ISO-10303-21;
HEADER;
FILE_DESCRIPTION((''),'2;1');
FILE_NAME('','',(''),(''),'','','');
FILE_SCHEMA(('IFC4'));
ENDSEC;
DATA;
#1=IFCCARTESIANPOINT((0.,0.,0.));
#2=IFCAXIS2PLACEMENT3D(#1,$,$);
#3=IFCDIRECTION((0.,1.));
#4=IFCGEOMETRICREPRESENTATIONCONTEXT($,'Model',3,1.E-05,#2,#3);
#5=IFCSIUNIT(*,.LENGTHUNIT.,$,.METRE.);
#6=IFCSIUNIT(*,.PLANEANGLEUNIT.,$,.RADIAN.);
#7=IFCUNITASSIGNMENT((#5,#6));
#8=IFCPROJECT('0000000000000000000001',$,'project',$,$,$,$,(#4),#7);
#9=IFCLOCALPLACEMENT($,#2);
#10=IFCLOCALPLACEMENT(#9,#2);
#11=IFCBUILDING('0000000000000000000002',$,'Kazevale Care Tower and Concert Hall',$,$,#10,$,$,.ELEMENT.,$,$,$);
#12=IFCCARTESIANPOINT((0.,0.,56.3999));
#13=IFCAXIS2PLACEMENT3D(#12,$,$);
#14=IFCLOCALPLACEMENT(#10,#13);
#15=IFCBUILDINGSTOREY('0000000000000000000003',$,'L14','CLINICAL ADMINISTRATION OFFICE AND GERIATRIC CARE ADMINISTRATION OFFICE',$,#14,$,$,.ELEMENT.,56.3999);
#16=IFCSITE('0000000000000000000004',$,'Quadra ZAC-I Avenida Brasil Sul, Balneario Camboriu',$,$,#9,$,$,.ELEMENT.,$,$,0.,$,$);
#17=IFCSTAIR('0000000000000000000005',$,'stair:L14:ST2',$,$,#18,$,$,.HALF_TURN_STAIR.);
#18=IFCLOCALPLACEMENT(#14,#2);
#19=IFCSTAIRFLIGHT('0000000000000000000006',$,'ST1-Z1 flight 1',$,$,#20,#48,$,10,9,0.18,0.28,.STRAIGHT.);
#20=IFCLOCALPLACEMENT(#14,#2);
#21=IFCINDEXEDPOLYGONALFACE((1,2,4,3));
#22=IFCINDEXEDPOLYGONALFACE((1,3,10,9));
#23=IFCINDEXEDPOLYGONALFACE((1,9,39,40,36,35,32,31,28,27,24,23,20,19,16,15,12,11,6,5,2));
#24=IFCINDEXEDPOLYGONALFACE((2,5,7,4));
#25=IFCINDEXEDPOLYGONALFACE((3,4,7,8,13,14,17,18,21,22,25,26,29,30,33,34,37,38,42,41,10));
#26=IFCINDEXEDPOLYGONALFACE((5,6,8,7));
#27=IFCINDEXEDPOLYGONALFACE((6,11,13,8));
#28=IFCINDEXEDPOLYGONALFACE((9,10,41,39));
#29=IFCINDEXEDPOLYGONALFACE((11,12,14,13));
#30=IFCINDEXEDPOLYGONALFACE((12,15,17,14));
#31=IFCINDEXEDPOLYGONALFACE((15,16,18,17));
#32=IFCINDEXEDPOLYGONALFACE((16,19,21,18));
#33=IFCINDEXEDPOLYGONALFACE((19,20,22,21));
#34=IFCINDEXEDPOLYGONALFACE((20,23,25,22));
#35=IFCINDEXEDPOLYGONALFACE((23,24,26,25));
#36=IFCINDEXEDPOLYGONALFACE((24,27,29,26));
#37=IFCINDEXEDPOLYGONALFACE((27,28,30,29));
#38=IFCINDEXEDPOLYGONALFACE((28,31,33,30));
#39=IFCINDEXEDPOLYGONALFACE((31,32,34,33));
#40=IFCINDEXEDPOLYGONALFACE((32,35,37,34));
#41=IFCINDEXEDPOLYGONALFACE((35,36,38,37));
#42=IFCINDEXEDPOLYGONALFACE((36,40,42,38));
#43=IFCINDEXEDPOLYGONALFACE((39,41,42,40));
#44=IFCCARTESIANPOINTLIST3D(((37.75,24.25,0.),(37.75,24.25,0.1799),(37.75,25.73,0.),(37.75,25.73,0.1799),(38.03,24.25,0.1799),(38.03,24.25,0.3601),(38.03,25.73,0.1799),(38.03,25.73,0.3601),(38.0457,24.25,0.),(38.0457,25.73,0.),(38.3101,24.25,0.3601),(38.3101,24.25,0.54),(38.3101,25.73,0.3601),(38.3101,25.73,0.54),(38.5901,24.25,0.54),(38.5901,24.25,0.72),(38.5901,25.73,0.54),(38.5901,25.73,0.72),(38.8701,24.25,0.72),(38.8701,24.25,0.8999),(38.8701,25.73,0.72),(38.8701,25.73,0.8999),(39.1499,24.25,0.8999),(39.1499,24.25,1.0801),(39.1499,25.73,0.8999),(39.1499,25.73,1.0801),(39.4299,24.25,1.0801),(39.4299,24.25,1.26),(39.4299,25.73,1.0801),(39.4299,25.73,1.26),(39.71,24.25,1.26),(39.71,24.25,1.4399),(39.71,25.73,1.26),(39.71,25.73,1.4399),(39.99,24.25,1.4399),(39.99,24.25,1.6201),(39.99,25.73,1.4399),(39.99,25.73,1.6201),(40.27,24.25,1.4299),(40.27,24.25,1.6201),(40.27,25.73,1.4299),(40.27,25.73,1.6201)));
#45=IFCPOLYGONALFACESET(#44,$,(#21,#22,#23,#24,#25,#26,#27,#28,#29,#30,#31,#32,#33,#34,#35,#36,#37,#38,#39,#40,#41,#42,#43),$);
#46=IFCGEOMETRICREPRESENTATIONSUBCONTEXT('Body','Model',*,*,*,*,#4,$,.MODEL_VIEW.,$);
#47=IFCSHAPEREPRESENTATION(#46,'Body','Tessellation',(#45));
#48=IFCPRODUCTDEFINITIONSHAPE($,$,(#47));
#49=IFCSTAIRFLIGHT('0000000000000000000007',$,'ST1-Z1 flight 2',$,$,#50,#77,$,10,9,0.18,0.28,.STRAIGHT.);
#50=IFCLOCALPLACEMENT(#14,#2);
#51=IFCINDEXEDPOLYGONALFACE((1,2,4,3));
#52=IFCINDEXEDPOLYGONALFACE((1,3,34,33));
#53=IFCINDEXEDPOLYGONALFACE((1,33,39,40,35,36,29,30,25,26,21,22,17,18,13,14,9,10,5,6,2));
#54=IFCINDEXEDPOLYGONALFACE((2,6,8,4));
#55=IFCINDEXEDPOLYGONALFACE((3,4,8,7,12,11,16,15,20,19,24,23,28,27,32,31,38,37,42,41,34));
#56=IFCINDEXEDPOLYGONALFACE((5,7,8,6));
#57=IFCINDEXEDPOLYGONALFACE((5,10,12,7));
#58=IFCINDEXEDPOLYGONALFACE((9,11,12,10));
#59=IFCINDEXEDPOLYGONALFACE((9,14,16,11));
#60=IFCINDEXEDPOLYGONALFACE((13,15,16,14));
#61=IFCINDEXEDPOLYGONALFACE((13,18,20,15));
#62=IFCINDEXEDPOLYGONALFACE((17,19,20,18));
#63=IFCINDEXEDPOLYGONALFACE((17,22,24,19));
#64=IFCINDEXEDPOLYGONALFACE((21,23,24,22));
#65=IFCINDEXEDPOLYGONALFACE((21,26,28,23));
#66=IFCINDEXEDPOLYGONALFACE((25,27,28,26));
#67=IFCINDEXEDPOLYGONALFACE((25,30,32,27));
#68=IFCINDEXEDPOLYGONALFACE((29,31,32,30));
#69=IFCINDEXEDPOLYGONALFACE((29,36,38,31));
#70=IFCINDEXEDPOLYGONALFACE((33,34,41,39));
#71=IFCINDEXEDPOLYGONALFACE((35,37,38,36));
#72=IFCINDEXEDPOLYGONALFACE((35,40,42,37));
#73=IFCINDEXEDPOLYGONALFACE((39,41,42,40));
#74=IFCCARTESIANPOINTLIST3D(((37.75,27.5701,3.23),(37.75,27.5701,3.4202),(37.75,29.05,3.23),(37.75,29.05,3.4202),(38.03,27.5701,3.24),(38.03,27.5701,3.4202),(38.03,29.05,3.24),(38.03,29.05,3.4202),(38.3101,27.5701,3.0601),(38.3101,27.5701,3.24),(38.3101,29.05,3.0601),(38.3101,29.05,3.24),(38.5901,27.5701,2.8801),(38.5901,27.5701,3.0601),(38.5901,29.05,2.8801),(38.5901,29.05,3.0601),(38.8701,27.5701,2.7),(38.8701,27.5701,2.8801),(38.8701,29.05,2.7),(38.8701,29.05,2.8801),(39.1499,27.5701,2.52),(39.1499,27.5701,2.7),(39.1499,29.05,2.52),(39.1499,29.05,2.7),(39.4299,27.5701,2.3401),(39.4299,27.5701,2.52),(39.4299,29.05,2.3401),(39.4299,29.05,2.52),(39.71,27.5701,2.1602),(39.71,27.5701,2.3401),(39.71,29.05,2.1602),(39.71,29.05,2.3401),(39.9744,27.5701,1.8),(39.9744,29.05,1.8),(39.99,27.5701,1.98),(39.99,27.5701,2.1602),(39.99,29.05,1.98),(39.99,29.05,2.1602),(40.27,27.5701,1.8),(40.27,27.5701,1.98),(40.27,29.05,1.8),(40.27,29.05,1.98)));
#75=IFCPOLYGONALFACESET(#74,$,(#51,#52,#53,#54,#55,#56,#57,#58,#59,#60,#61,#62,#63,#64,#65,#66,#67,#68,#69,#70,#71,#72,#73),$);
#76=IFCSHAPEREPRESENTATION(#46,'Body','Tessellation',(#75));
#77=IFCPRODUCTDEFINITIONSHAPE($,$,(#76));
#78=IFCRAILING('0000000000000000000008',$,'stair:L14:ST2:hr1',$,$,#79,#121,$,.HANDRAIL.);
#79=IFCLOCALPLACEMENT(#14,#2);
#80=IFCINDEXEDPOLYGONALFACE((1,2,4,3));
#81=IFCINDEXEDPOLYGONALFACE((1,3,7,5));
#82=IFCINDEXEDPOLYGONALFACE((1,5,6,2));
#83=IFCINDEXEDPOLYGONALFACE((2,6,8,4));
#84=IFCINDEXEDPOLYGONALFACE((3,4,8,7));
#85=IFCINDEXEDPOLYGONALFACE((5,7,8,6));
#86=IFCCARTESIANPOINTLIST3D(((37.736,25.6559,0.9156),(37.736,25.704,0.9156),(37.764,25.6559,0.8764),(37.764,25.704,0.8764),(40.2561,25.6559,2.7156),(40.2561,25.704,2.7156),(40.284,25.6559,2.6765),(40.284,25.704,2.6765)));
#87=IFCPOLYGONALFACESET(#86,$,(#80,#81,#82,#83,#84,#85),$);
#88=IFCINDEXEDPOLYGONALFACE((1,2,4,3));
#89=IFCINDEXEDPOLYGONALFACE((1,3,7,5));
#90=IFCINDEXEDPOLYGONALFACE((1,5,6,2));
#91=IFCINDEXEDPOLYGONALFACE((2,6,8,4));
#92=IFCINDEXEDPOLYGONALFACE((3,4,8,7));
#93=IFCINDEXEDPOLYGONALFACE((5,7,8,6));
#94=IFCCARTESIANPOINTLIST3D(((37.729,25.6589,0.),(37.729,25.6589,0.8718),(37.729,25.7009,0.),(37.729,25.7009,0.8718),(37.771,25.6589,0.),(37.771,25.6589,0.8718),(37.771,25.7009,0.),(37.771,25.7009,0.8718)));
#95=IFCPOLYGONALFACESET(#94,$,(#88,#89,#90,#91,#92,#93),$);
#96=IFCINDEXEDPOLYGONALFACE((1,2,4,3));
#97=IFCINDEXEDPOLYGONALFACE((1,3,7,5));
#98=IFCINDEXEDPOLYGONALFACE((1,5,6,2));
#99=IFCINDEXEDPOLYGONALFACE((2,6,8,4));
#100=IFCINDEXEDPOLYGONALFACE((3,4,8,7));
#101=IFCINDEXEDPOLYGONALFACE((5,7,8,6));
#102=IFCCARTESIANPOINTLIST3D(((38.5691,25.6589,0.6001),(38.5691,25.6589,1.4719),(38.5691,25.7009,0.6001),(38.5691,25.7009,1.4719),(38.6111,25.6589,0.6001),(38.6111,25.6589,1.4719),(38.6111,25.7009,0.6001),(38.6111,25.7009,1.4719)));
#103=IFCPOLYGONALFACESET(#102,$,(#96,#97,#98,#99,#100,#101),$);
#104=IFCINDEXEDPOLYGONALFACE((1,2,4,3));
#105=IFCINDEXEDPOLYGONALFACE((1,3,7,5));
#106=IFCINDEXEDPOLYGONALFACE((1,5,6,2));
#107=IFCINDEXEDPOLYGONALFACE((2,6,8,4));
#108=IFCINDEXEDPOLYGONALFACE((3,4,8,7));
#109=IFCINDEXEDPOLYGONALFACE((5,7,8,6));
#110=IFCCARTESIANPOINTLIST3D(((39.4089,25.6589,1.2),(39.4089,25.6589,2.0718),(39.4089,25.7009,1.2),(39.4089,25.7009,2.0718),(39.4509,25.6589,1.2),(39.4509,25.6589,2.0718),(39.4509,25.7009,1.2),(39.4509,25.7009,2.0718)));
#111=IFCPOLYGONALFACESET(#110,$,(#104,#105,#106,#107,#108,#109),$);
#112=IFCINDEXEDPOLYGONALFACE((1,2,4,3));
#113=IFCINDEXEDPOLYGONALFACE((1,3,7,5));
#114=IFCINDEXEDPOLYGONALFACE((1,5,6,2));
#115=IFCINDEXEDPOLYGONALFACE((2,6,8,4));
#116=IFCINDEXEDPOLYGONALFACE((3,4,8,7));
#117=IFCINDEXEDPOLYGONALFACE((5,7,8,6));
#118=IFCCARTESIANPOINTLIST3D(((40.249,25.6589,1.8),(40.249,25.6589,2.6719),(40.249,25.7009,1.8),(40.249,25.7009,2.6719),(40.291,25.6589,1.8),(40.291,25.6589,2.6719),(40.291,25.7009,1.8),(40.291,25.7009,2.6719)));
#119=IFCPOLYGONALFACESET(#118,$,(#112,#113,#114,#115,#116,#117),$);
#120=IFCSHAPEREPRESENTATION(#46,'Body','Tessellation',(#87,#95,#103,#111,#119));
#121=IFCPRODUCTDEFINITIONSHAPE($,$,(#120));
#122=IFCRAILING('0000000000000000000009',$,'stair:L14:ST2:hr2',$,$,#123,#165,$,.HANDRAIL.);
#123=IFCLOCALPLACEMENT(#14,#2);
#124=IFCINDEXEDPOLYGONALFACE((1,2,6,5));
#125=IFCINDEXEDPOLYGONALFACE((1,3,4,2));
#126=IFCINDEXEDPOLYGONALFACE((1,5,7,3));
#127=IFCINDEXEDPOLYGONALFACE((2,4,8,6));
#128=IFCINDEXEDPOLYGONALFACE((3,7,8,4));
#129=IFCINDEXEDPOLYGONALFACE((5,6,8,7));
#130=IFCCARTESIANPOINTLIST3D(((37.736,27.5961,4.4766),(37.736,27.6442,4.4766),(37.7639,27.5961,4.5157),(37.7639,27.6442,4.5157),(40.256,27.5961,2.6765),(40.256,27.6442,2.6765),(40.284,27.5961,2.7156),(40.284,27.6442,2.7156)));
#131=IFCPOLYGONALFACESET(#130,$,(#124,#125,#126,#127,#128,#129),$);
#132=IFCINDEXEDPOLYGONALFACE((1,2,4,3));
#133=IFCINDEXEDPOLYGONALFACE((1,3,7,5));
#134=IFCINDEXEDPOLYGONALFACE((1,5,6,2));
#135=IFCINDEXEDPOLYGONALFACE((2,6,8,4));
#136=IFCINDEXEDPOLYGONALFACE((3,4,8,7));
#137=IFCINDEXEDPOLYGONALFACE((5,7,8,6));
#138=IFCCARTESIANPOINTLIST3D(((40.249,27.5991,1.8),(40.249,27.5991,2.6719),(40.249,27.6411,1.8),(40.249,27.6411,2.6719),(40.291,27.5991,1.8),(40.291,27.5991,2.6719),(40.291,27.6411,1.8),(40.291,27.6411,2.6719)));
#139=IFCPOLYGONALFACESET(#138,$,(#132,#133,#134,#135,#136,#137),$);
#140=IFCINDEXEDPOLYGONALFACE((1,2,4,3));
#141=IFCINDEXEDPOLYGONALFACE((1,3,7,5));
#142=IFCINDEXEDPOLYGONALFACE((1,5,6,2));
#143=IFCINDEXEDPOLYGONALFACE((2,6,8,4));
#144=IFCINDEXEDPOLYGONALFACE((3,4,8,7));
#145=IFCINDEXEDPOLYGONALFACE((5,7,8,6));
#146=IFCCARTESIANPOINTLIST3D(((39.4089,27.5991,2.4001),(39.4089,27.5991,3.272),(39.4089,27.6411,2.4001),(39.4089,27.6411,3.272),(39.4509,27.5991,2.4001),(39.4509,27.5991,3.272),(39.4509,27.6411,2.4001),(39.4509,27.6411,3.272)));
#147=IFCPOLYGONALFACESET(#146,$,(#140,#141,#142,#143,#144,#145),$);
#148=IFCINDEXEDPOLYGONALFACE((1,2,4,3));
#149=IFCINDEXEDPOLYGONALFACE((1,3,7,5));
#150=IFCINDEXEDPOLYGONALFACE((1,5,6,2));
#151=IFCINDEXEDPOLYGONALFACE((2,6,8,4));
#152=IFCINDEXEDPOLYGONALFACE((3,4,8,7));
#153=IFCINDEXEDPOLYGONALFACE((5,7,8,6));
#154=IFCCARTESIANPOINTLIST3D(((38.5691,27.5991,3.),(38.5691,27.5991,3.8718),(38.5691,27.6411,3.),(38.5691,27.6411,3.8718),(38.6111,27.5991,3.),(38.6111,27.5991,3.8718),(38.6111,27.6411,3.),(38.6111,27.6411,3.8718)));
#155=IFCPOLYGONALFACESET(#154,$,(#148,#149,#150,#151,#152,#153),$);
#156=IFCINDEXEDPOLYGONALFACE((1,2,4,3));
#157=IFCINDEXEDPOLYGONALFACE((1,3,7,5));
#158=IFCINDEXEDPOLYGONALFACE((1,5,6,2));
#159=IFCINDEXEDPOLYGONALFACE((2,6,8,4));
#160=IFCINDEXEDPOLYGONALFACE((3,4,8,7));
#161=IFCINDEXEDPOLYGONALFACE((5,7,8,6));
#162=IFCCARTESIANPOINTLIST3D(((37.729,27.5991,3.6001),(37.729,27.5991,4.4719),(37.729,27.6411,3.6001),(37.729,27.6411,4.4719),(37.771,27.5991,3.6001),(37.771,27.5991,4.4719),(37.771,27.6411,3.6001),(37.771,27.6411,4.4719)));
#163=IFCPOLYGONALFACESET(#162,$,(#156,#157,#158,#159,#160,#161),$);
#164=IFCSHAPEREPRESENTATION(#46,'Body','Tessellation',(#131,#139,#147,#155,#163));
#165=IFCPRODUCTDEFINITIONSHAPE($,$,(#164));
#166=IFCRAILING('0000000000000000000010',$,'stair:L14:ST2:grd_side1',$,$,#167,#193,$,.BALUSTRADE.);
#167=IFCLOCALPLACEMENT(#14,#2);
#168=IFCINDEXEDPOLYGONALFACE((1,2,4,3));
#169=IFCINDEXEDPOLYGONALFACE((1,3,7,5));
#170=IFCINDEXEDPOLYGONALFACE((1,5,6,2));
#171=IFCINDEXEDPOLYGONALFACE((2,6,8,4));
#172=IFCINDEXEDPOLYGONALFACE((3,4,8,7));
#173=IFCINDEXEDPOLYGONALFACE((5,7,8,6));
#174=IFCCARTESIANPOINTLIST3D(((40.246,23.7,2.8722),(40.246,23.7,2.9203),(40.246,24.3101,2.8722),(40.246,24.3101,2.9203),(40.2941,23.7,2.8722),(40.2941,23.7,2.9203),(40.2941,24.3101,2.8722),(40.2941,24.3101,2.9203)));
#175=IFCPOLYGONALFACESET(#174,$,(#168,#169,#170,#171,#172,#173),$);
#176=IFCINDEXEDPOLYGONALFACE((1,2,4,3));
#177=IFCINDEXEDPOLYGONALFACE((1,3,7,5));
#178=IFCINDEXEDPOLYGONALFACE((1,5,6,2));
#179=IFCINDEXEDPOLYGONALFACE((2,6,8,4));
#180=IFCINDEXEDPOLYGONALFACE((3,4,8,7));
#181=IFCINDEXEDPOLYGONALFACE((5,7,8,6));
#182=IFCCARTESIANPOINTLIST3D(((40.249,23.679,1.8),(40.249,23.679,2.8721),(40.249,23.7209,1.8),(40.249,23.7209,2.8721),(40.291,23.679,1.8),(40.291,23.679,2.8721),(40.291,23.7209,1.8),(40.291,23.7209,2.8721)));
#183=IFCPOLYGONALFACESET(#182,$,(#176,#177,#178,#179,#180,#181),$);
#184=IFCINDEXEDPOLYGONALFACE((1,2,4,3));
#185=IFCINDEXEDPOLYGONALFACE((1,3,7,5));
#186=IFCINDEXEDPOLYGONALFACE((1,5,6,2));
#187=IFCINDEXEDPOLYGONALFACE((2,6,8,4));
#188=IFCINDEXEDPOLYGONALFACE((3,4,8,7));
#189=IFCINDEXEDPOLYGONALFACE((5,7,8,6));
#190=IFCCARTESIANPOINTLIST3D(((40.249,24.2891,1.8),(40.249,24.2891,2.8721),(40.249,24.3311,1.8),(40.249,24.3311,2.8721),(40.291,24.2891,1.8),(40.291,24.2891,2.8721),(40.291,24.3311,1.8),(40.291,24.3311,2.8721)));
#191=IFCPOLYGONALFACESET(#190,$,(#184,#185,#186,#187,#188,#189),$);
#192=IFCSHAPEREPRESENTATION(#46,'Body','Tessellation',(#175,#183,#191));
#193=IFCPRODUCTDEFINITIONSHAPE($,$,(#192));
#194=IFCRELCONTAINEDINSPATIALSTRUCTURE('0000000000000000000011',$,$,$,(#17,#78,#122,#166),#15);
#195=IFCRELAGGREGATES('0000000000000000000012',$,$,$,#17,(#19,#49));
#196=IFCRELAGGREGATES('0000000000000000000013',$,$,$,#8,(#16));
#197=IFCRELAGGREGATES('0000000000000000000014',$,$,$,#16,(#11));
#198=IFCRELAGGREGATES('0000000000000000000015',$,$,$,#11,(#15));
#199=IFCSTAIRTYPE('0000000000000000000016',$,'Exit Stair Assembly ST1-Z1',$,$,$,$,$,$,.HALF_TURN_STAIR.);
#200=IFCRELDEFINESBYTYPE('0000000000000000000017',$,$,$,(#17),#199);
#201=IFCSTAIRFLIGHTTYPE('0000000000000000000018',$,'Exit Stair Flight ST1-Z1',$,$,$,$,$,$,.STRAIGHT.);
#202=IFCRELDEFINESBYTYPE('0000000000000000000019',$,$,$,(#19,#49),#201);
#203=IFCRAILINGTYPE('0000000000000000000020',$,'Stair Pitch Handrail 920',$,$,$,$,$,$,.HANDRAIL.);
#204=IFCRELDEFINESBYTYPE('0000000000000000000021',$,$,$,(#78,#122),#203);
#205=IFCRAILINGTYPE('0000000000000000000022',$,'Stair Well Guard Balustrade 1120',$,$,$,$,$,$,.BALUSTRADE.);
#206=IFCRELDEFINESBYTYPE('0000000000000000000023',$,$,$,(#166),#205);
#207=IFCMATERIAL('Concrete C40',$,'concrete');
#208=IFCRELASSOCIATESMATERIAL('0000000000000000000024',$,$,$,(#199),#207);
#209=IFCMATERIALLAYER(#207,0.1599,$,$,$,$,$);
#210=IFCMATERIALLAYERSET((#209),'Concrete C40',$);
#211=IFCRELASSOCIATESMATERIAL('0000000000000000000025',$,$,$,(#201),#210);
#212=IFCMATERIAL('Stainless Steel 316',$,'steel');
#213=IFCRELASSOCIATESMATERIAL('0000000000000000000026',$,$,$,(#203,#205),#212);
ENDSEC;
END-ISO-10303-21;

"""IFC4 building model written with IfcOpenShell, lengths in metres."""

from ifc_helpers import new_model, si_unit, direction, frame, origin, origin_2d, place, context, subcontext, project, spatial, polyline, rectangle, outline, extrude, material, layer, layer_set, type_object, element, aggregate, save


model = new_model("IFC4")

# Units and contexts
model_context = context("Model", 3, precision=1e-05, world=origin(), true_north=direction((0.0, 1.0)))
body_context = subcontext(model_context, "Body", "Model", "MODEL_VIEW")
ifc_project = project(units=[si_unit("LENGTHUNIT", "METRE"), si_unit("PLANEANGLEUNIT", "RADIAN")], contexts=[model_context])

# Site, building, storey
site_placement = place(None, origin())
site = spatial("IfcSite", under=ifc_project, at=site_placement, Name="Quadra ZAC-I Avenida Brasil Sul, Balneario Camboriu", CompositionType="ELEMENT", RefElevation=0.0)
building_placement = place(site_placement, origin())
building = spatial("IfcBuilding", under=site, at=building_placement, Name="Kazevale Care Tower and Concert Hall", CompositionType="ELEMENT")
storey_placement = place(building_placement, frame((0.0, 0.0, 56.3999)))
storey = spatial("IfcBuildingStorey", under=building, at=storey_placement, Name="L14", Description="CLINICAL ADMINISTRATION OFFICE AND GERIATRIC CARE ADMINISTRATION OFFICE", CompositionType="ELEMENT", Elevation=56.3999)

# Shared definitions
ifc_material_1 = material(Name="Concrete C40", Category="concrete")

# Stair, stair flights
stair_type = type_object("IfcStairType", Name="Exit Stair Assembly ST1-Z1", PredefinedType="HALF_TURN_STAIR", material=ifc_material_1)
stair_placement = place(storey_placement, origin())
stair = element("IfcStair", 1, at=stair_placement, inside=storey, type_object=stair_type, Name="stair:L14:ST2", PredefinedType="HALF_TURN_STAIR")
ifc_layer_1 = layer(ifc_material_1, 0.1599)
ifc_layer_set_1 = layer_set([ifc_layer_1], Name="Concrete C40")
stair_flight_type = type_object("IfcStairFlightType", Name="Exit Stair Flight ST1-Z1", PredefinedType="STRAIGHT", material=ifc_layer_set_1)
stair_flight_1_placement = place(storey_placement, frame((37.75, 24.99, 0.0), z_axis=(0.0, 0.0, 1.0), x_axis=(1.0, 0.0, 0.0)))
stair_flight_1 = element("IfcStairFlight", 2, at=stair_flight_1_placement, type_object=stair_flight_type, Name="ST1-Z1 flight 1", NumberOfRisers=10, NumberOfTreads=9, PredefinedType="STRAIGHT", RiserHeight=0.18, TreadLength=0.28, context=body_context, shape_type="SweptSolid", body=[
    extrude(outline(polyline([(0.0, 0.0), (0.0, 0.1799), (0.28, 0.1799), (0.28, 0.3601), (0.5601, 0.3601), (0.5601, 0.54), (0.8401, 0.54), (0.8401, 0.72), (1.1201, 0.72), (1.1201, 0.8999), (1.3999, 0.8999), (1.3999, 1.0801), (1.6799, 1.0801), (1.6799, 1.26), (1.96, 1.26), (1.96, 1.4399), (2.24, 1.4399), (2.24, 1.6201), (2.52, 1.6201), (2.52, 1.8), (2.52, 1.4299), (0.2957, 0.0), (0.0, 0.0)])), frame((0.0, 0.74, 0.0), z_axis=(0.0, -1.0, 0.0), x_axis=(1.0, 0.0, 0.0)), (0.0, 0.0, 1.0), 1.48),
])
stair_flight_2_placement = place(storey_placement, frame((40.27, 28.3101, 1.8), z_axis=(0.0, 0.0, 1.0), x_axis=(-1.0, 0.0, 0.0)))
stair_flight_2 = element("IfcStairFlight", 3, at=stair_flight_2_placement, type_object=stair_flight_type, Name="ST1-Z1 flight 2", NumberOfRisers=10, NumberOfTreads=9, PredefinedType="STRAIGHT", RiserHeight=0.18, TreadLength=0.28, context=body_context, shape_type="SweptSolid", body=[
    extrude(outline(polyline([(0.0, 0.0), (0.0, 0.1799), (0.28, 0.1799), (0.28, 0.3601), (0.5601, 0.3601), (0.5601, 0.54), (0.8401, 0.54), (0.8401, 0.72), (1.1201, 0.72), (1.1201, 0.8999), (1.3999, 0.8999), (1.3999, 1.0801), (1.6799, 1.0801), (1.6799, 1.26), (1.96, 1.26), (1.96, 1.4399), (2.24, 1.4399), (2.24, 1.6201), (2.52, 1.6201), (2.52, 1.8), (2.52, 1.4299), (0.2957, 0.0), (0.0, 0.0)])), frame((0.0, 0.74, 0.0), z_axis=(0.0, -1.0, 0.0), x_axis=(1.0, 0.0, 0.0)), (0.0, 0.0, 1.0), 1.48),
])
aggregate(stair, [stair_flight_1, stair_flight_2])

# Railings
ifc_material_2 = material(Name="Stainless Steel 316", Category="steel")
railing_type_1 = type_object("IfcRailingType", Name="Stair Pitch Handrail 920", PredefinedType="HANDRAIL", material=ifc_material_2)
railing_1_placement = place(storey_placement, frame((37.75, 25.6799, 0.0)))
element("IfcRailing", 4, at=railing_1_placement, inside=storey, type_object=railing_type_1, Name="stair:L14:ST2:hr1", PredefinedType="HANDRAIL", context=body_context, shape_type="SweptSolid", body=[
    extrude(rectangle(XDim=0.0481, YDim=0.0481, at=origin_2d()), frame((0.0, 0.0, 0.896), z_axis=(0.813728, 0.0, 0.581246), x_axis=(0.0, 1.0, 0.0)), (0.0, 0.0, 1.0), 3.0969),
    extrude(rectangle(XDim=0.042, YDim=0.042, at=origin_2d()), origin(), (0.0, 0.0, 1.0), 0.8718),
    extrude(rectangle(XDim=0.042, YDim=0.042, at=origin_2d()), frame((0.8401, 0.0, 0.6001)), (0.0, 0.0, 1.0), 0.8718),
    extrude(rectangle(XDim=0.042, YDim=0.042, at=origin_2d()), frame((1.6799, 0.0, 1.2)), (0.0, 0.0, 1.0), 0.8718),
    extrude(rectangle(XDim=0.042, YDim=0.042, at=origin_2d()), frame((2.52, 0.0, 1.8)), (0.0, 0.0, 1.0), 0.8718),
])
railing_2_placement = place(storey_placement, frame((40.27, 27.6201, 1.8)))
element("IfcRailing", 5, at=railing_2_placement, inside=storey, type_object=railing_type_1, Name="stair:L14:ST2:hr2", PredefinedType="HANDRAIL", context=body_context, shape_type="SweptSolid", body=[
    extrude(rectangle(XDim=0.0481, YDim=0.0481, at=origin_2d()), frame((0.0, 0.0, 0.896), z_axis=(-0.813728, 0.0, 0.581246), x_axis=(0.0, -1.0, 0.0)), (0.0, 0.0, 1.0), 3.0969),
    extrude(rectangle(XDim=0.042, YDim=0.042, at=origin_2d()), origin(), (0.0, 0.0, 1.0), 0.8718),
    extrude(rectangle(XDim=0.042, YDim=0.042, at=origin_2d()), frame((-0.8401, 0.0, 0.6001)), (0.0, 0.0, 1.0), 0.8718),
    extrude(rectangle(XDim=0.042, YDim=0.042, at=origin_2d()), frame((-1.6799, 0.0, 1.2)), (0.0, 0.0, 1.0), 0.8718),
    extrude(rectangle(XDim=0.042, YDim=0.042, at=origin_2d()), frame((-2.52, 0.0, 1.8)), (0.0, 0.0, 1.0), 0.8718),
])
railing_type_2 = type_object("IfcRailingType", Name="Stair Well Guard Balustrade 1120", PredefinedType="BALUSTRADE", material=ifc_material_2)
railing_3_placement = place(storey_placement, frame((40.27, 23.7, 1.8)))
element("IfcRailing", 6, at=railing_3_placement, inside=storey, type_object=railing_type_2, Name="stair:L14:ST2:grd_side1", PredefinedType="BALUSTRADE", context=body_context, shape_type="SweptSolid", body=[
    extrude(rectangle(XDim=0.0481, YDim=0.0481, at=origin_2d()), frame((0.0, 0.0, 1.0962), z_axis=(0.0, 1.0, 0.0), x_axis=(-1.0, 0.0, 0.0)), (0.0, 0.0, 1.0), 0.6101),
    extrude(rectangle(XDim=0.042, YDim=0.042, at=origin_2d()), origin(), (0.0, 0.0, 1.0), 1.072),
    extrude(rectangle(XDim=0.042, YDim=0.042, at=origin_2d()), frame((0.0, 0.6101, 0.0)), (0.0, 0.0, 1.0), 1.072),
])

save(model, "model.ifc")
